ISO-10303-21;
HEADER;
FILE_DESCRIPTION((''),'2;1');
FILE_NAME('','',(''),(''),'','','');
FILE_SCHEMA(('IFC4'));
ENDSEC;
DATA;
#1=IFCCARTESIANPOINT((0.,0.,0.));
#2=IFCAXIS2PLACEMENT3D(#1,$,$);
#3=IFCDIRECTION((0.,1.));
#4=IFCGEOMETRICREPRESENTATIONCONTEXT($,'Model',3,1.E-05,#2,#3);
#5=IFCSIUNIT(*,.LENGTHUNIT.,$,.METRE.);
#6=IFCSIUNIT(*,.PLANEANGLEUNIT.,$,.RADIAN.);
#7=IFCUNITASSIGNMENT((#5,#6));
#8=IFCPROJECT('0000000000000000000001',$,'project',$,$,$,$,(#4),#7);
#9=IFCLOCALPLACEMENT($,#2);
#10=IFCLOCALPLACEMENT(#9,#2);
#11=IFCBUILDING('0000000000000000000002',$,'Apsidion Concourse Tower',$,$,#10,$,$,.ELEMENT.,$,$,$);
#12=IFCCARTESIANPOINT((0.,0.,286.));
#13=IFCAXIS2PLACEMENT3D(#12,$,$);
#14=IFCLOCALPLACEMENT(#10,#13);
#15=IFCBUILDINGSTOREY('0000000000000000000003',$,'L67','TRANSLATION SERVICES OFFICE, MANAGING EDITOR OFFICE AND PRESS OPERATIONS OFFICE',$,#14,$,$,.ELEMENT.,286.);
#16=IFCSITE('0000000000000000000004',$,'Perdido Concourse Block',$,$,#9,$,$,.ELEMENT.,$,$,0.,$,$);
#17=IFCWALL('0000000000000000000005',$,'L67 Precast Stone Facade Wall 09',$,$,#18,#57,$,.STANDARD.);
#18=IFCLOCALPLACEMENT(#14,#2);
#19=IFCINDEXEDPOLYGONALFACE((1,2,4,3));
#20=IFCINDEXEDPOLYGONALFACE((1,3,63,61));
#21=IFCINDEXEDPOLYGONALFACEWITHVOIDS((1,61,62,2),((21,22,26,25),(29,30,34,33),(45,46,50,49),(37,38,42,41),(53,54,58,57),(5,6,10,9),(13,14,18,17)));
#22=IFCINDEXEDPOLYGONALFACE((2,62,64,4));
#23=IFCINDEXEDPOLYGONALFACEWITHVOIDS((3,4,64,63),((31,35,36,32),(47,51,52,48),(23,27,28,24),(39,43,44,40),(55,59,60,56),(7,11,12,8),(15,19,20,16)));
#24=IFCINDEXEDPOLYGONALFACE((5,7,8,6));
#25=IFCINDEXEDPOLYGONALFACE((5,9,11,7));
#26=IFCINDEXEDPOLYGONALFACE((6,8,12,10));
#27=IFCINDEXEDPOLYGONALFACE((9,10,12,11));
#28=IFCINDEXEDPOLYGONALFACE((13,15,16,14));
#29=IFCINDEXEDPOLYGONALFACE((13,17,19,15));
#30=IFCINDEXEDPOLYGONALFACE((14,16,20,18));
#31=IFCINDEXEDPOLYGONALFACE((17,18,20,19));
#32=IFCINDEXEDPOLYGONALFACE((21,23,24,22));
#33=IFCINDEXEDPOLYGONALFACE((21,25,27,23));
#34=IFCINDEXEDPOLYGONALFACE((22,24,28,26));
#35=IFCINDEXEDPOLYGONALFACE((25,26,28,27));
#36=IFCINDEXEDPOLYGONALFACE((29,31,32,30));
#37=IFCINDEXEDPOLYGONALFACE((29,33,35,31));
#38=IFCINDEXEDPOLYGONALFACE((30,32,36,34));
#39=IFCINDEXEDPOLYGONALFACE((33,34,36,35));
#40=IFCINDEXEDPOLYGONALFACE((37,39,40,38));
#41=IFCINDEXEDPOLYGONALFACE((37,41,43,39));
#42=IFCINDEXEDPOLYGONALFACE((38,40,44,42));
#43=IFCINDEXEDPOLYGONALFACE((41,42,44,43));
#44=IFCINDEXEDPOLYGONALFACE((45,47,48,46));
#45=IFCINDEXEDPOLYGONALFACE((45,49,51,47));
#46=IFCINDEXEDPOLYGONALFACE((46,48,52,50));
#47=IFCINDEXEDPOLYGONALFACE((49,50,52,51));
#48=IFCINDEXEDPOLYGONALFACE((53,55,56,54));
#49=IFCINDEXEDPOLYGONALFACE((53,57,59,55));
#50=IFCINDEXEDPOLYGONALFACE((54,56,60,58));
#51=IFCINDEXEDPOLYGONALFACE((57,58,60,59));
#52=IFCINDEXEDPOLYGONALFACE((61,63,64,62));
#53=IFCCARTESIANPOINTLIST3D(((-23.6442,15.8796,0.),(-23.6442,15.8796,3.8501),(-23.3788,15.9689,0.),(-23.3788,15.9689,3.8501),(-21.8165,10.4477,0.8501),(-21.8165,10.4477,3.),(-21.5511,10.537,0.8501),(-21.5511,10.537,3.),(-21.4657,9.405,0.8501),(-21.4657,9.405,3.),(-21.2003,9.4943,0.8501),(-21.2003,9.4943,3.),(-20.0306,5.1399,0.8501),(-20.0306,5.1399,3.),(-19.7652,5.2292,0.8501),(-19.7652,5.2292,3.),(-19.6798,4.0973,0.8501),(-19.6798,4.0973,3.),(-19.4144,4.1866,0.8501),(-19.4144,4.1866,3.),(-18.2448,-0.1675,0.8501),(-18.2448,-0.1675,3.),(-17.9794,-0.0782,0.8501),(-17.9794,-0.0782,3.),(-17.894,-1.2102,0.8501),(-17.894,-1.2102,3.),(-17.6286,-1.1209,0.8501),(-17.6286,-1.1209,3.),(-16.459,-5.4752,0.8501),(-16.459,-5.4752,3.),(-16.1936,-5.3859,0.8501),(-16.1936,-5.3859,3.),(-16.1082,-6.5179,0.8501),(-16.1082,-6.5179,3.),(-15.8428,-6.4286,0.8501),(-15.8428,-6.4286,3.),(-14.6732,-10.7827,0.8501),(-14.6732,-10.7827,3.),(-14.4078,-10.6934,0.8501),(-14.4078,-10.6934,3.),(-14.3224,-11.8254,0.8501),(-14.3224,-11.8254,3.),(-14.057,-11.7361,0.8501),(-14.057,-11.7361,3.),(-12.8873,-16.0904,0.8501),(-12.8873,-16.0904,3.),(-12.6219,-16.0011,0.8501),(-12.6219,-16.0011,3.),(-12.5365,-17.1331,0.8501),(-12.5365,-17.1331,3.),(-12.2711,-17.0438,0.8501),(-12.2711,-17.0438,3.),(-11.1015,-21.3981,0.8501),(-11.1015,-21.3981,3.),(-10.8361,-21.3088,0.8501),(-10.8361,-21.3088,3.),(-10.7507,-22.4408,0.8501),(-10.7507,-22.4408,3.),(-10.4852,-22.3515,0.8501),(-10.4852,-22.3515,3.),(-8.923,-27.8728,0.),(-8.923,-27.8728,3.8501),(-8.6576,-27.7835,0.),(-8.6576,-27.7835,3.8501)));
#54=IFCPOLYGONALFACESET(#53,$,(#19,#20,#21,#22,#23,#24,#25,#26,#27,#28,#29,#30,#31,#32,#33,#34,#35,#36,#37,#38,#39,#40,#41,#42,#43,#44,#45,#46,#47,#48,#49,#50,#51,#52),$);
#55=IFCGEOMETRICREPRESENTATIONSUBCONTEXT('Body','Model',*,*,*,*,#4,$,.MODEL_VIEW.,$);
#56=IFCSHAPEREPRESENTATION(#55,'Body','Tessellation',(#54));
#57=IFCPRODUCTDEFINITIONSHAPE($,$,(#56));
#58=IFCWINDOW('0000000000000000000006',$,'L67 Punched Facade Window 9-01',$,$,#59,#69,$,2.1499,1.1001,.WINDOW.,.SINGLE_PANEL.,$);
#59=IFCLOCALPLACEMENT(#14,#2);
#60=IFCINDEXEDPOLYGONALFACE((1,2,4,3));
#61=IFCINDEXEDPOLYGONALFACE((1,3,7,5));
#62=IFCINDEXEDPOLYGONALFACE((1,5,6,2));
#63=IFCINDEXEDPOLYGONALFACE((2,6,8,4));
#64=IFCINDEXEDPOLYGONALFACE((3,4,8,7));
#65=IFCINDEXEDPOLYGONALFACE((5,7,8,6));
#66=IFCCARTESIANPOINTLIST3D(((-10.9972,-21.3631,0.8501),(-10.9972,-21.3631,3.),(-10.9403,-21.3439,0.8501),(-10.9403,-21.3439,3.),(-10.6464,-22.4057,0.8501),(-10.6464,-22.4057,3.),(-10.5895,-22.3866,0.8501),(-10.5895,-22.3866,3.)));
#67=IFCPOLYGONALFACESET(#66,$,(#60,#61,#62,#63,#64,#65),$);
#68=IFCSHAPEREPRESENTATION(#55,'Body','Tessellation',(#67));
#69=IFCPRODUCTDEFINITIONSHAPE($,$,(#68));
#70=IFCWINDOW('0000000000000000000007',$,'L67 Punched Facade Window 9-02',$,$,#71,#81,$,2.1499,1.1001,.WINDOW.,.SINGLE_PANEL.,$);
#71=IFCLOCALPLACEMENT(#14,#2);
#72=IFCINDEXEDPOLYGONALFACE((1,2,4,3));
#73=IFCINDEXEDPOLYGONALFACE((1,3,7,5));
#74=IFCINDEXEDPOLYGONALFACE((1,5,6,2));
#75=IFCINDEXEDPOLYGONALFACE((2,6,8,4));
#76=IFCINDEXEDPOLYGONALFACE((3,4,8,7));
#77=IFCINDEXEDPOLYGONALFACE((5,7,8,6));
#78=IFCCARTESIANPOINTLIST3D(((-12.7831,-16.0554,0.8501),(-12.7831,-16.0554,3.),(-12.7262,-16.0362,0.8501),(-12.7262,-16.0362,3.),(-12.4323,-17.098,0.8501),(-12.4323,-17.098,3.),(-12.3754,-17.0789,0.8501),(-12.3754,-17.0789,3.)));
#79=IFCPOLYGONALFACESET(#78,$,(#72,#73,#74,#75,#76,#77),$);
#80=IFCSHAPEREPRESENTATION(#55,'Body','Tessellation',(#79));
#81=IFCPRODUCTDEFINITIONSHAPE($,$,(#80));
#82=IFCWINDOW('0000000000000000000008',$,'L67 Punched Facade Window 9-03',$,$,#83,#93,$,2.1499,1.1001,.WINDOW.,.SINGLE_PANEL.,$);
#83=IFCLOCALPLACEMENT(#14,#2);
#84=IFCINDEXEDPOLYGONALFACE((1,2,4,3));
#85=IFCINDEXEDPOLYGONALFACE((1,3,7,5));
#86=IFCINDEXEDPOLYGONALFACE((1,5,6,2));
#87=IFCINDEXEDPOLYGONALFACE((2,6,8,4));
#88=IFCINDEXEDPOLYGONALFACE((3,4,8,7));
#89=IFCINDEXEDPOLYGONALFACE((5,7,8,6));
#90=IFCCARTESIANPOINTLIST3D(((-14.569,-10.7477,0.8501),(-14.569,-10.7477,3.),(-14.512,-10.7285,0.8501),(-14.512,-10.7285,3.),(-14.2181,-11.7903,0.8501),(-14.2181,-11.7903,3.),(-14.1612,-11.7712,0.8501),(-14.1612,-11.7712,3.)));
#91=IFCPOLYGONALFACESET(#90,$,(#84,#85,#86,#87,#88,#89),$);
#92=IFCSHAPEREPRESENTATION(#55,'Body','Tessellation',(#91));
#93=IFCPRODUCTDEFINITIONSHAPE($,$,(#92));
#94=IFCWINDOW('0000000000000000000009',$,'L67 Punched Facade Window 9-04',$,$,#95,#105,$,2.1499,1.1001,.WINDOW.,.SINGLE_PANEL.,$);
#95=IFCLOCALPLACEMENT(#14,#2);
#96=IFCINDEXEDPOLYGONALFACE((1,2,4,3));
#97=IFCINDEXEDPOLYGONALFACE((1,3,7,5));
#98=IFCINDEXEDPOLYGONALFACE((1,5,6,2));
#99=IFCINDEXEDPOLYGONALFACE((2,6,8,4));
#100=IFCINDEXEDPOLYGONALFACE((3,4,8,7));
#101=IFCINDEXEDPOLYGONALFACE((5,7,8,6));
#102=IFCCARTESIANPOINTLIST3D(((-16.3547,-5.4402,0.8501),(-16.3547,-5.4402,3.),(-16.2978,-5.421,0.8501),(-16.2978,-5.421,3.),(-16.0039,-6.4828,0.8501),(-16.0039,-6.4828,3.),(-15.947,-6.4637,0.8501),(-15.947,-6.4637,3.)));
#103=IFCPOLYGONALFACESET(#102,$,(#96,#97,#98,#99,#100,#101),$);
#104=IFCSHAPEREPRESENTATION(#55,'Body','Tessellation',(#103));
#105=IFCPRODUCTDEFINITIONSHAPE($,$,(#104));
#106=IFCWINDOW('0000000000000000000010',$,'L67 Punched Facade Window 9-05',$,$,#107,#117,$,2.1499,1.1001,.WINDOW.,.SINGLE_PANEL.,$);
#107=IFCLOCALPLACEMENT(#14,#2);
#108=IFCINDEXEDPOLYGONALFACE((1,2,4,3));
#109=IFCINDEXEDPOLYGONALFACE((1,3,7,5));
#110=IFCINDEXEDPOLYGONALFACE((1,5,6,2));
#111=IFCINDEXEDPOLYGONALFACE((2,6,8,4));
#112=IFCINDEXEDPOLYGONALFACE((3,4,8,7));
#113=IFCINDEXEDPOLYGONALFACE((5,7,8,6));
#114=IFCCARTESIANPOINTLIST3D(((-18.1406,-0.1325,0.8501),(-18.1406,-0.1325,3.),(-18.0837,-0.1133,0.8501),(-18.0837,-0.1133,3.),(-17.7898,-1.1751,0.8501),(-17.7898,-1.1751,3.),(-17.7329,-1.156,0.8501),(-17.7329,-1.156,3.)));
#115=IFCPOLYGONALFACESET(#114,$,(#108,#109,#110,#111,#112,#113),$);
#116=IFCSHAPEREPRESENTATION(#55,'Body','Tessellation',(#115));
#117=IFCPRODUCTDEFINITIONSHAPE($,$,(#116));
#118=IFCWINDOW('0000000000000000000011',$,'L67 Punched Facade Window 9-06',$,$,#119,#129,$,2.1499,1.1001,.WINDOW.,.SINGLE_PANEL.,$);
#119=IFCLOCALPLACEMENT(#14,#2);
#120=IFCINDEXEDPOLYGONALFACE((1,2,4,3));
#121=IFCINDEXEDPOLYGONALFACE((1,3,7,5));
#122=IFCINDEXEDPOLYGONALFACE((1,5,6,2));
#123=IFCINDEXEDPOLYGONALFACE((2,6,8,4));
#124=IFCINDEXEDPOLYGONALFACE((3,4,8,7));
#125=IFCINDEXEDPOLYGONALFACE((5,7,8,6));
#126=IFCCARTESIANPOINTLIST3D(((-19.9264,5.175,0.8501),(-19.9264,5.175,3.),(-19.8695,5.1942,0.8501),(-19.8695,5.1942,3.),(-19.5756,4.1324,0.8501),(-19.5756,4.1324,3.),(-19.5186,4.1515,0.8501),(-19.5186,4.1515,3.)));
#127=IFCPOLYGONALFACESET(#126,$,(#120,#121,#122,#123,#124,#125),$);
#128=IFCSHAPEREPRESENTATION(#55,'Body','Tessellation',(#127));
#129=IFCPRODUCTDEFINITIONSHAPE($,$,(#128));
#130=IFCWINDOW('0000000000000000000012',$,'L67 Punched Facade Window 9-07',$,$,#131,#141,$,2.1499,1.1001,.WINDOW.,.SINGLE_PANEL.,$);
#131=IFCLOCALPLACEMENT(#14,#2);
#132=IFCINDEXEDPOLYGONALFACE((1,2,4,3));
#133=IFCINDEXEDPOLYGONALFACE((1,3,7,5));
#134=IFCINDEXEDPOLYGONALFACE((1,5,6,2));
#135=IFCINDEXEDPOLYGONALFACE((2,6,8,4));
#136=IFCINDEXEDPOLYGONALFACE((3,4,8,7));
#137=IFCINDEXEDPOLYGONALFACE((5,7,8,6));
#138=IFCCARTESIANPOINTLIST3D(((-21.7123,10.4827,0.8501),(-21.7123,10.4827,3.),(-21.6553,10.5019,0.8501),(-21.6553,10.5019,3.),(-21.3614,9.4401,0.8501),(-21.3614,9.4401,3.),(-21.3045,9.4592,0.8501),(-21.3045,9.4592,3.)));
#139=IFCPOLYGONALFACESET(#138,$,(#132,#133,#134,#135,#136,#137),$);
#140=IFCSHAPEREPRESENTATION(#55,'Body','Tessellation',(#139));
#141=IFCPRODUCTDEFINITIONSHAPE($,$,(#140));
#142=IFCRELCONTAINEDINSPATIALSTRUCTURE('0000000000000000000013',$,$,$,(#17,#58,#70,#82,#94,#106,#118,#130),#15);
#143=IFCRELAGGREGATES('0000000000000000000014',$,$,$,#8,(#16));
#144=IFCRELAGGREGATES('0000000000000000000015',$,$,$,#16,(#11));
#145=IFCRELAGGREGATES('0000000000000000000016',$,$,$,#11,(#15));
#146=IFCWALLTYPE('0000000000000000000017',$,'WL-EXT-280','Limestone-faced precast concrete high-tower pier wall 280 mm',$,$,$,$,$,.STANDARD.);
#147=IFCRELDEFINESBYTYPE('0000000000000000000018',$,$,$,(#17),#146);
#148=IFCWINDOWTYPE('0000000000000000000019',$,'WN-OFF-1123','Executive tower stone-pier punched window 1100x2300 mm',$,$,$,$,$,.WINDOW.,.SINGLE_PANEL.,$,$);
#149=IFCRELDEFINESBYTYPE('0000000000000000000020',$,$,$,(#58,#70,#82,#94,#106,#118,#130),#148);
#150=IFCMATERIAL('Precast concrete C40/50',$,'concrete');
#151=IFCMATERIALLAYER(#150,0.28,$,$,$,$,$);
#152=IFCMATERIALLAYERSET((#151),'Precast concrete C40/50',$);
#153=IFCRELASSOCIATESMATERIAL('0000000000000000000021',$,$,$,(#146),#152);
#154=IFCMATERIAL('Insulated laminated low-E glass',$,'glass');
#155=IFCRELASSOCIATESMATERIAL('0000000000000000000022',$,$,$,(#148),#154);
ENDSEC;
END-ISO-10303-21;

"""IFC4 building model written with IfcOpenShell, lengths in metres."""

from ifc_helpers import new_model, si_unit, direction, frame, frame_2d, origin, place, context, subcontext, project, spatial, rectangle, extrude, material, layer, layer_set, type_object, element, fill, save


model = new_model("IFC4")

# Units and contexts
model_context = context("Model", 3, precision=1e-05, world=origin(), true_north=direction((0.0, 1.0)))
body_context = subcontext(model_context, "Body", "Model", "MODEL_VIEW")
ifc_project = project(units=[si_unit("LENGTHUNIT", "METRE"), si_unit("PLANEANGLEUNIT", "RADIAN")], contexts=[model_context])

# Site, building, storey
site_placement = place(None, origin())
site = spatial("IfcSite", under=ifc_project, at=site_placement, Name="Perdido Concourse Block", CompositionType="ELEMENT", RefElevation=0.0)
building_placement = place(site_placement, origin())
building = spatial("IfcBuilding", under=site, at=building_placement, Name="Apsidion Concourse Tower", CompositionType="ELEMENT")
storey_placement = place(building_placement, frame((0.0, 0.0, 286.0)))
storey = spatial("IfcBuildingStorey", under=building, at=storey_placement, Name="L67", Description="TRANSLATION SERVICES OFFICE, MANAGING EDITOR OFFICE AND PRESS OPERATIONS OFFICE", CompositionType="ELEMENT", Elevation=286.0)

# Shared definitions
ifc_material_1 = material(Name="Precast concrete C40/50", Category="concrete")
ifc_layer_1 = layer(ifc_material_1, 0.28)
ifc_layer_set_1 = layer_set([ifc_layer_1], Name="Precast concrete C40/50")
wall_type_1 = type_object("IfcWallType", Name="WL-EXT-280", Description="Limestone-faced precast concrete high-tower pier wall 280 mm", PredefinedType="STANDARD", material=ifc_layer_set_1)

# Wall, openings, windows
wall_1_placement = place(storey_placement, frame((-8.7903, -27.8281, 0.0), z_axis=(0.0, 0.0, 1.0), x_axis=(-0.318898, 0.947789, 0.0)))
wall_1 = element("IfcWall", 1, at=wall_1_placement, inside=storey, type_object=wall_type_1, Name="L67 Precast Stone Facade Wall 09", PredefinedType="STANDARD", context=body_context, shape_type="SweptSolid", body=[
    extrude(rectangle(XDim=46.1626, YDim=0.28, at=frame_2d((23.0813, 0.0))), origin(), (0.0, 0.0, 1.0), 3.8501),
])
opening_1_placement = place(wall_1_placement, frame((5.7312, 0.0, 0.8501)))
opening_1 = element("IfcOpeningElement", 2, at=opening_1_placement, cuts=wall_1, PredefinedType="OPENING", context=body_context, shape_type="SweptSolid", body=[
    extrude(rectangle(XDim=1.1001, YDim=2.1499, at=frame_2d((0.55, 1.075))), frame((0.0, 0.1499, 0.0), z_axis=(0.0, -1.0, 0.0), x_axis=(1.0, 0.0, 0.0)), (0.0, 0.0, 1.0), 0.3),
])
opening_2_placement = place(wall_1_placement, frame((11.3313, 0.0, 0.8501)))
opening_2 = element("IfcOpeningElement", 3, at=opening_2_placement, cuts=wall_1, PredefinedType="OPENING", context=body_context, shape_type="SweptSolid", body=[
    extrude(rectangle(XDim=1.1001, YDim=2.1499, at=frame_2d((0.55, 1.075))), frame((0.0, 0.1499, 0.0), z_axis=(0.0, -1.0, 0.0), x_axis=(1.0, 0.0, 0.0)), (0.0, 0.0, 1.0), 0.3),
])
opening_3_placement = place(wall_1_placement, frame((16.9314, 0.0, 0.8501)))
opening_3 = element("IfcOpeningElement", 4, at=opening_3_placement, cuts=wall_1, PredefinedType="OPENING", context=body_context, shape_type="SweptSolid", body=[
    extrude(rectangle(XDim=1.1001, YDim=2.1499, at=frame_2d((0.55, 1.075))), frame((0.0, 0.1499, 0.0), z_axis=(0.0, -1.0, 0.0), x_axis=(1.0, 0.0, 0.0)), (0.0, 0.0, 1.0), 0.3),
])
opening_4_placement = place(wall_1_placement, frame((22.5312, 0.0, 0.8501)))
opening_4 = element("IfcOpeningElement", 5, at=opening_4_placement, cuts=wall_1, PredefinedType="OPENING", context=body_context, shape_type="SweptSolid", body=[
    extrude(rectangle(XDim=1.1001, YDim=2.1499, at=frame_2d((0.55, 1.075))), frame((0.0, 0.1499, 0.0), z_axis=(0.0, -1.0, 0.0), x_axis=(1.0, 0.0, 0.0)), (0.0, 0.0, 1.0), 0.3),
])
opening_5_placement = place(wall_1_placement, frame((28.1313, 0.0, 0.8501)))
opening_5 = element("IfcOpeningElement", 6, at=opening_5_placement, cuts=wall_1, PredefinedType="OPENING", context=body_context, shape_type="SweptSolid", body=[
    extrude(rectangle(XDim=1.1001, YDim=2.1499, at=frame_2d((0.55, 1.075))), frame((0.0, 0.1499, 0.0), z_axis=(0.0, -1.0, 0.0), x_axis=(1.0, 0.0, 0.0)), (0.0, 0.0, 1.0), 0.3),
])
opening_6_placement = place(wall_1_placement, frame((33.7312, 0.0, 0.8501)))
opening_6 = element("IfcOpeningElement", 7, at=opening_6_placement, cuts=wall_1, PredefinedType="OPENING", context=body_context, shape_type="SweptSolid", body=[
    extrude(rectangle(XDim=1.1001, YDim=2.1499, at=frame_2d((0.55, 1.075))), frame((0.0, 0.1499, 0.0), z_axis=(0.0, -1.0, 0.0), x_axis=(1.0, 0.0, 0.0)), (0.0, 0.0, 1.0), 0.3),
])
opening_7_placement = place(wall_1_placement, frame((39.3313, 0.0, 0.8501)))
opening_7 = element("IfcOpeningElement", 8, at=opening_7_placement, cuts=wall_1, PredefinedType="OPENING", context=body_context, shape_type="SweptSolid", body=[
    extrude(rectangle(XDim=1.1001, YDim=2.1499, at=frame_2d((0.55, 1.075))), frame((0.0, 0.1499, 0.0), z_axis=(0.0, -1.0, 0.0), x_axis=(1.0, 0.0, 0.0)), (0.0, 0.0, 1.0), 0.3),
])
ifc_material_2 = material(Name="Insulated laminated low-E glass", Category="glass")
window_type = type_object("IfcWindowType", Name="WN-OFF-1123", Description="Executive tower stone-pier punched window 1100x2300 mm", PartitioningType="SINGLE_PANEL", PredefinedType="WINDOW", material=ifc_material_2)
window_1_placement = place(opening_1_placement, origin())
window_1 = element("IfcWindow", 9, at=window_1_placement, inside=storey, type_object=window_type, Name="L67 Punched Facade Window 9-01", OverallHeight=2.1499, OverallWidth=1.1001, PartitioningType="SINGLE_PANEL", PredefinedType="WINDOW", context=body_context, shape_type="SweptSolid", body=[
    extrude(rectangle(XDim=1.1001, YDim=2.1499, at=frame_2d((0.55, 1.075))), frame((0.0, 0.03, 0.0), z_axis=(0.0, -1.0, 0.0), x_axis=(1.0, 0.0, 0.0)), (0.0, 0.0, 1.0), 0.0601),
])
fill(opening_1, window_1)
window_2_placement = place(opening_2_placement, origin())
window_2 = element("IfcWindow", 10, at=window_2_placement, inside=storey, type_object=window_type, Name="L67 Punched Facade Window 9-02", OverallHeight=2.1499, OverallWidth=1.1001, PartitioningType="SINGLE_PANEL", PredefinedType="WINDOW", context=body_context, shape_type="SweptSolid", body=[
    extrude(rectangle(XDim=1.1001, YDim=2.1499, at=frame_2d((0.55, 1.075))), frame((0.0, 0.03, 0.0), z_axis=(0.0, -1.0, 0.0), x_axis=(1.0, 0.0, 0.0)), (0.0, 0.0, 1.0), 0.0601),
])
fill(opening_2, window_2)
window_3_placement = place(opening_3_placement, origin())
window_3 = element("IfcWindow", 11, at=window_3_placement, inside=storey, type_object=window_type, Name="L67 Punched Facade Window 9-03", OverallHeight=2.1499, OverallWidth=1.1001, PartitioningType="SINGLE_PANEL", PredefinedType="WINDOW", context=body_context, shape_type="SweptSolid", body=[
    extrude(rectangle(XDim=1.1001, YDim=2.1499, at=frame_2d((0.55, 1.075))), frame((0.0, 0.03, 0.0), z_axis=(0.0, -1.0, 0.0), x_axis=(1.0, 0.0, 0.0)), (0.0, 0.0, 1.0), 0.0601),
])
fill(opening_3, window_3)
window_4_placement = place(opening_4_placement, origin())
window_4 = element("IfcWindow", 12, at=window_4_placement, inside=storey, type_object=window_type, Name="L67 Punched Facade Window 9-04", OverallHeight=2.1499, OverallWidth=1.1001, PartitioningType="SINGLE_PANEL", PredefinedType="WINDOW", context=body_context, shape_type="SweptSolid", body=[
    extrude(rectangle(XDim=1.1001, YDim=2.1499, at=frame_2d((0.55, 1.075))), frame((0.0, 0.03, 0.0), z_axis=(0.0, -1.0, 0.0), x_axis=(1.0, 0.0, 0.0)), (0.0, 0.0, 1.0), 0.0601),
])
fill(opening_4, window_4)
window_5_placement = place(opening_5_placement, origin())
window_5 = element("IfcWindow", 13, at=window_5_placement, inside=storey, type_object=window_type, Name="L67 Punched Facade Window 9-05", OverallHeight=2.1499, OverallWidth=1.1001, PartitioningType="SINGLE_PANEL", PredefinedType="WINDOW", context=body_context, shape_type="SweptSolid", body=[
    extrude(rectangle(XDim=1.1001, YDim=2.1499, at=frame_2d((0.55, 1.075))), frame((0.0, 0.03, 0.0), z_axis=(0.0, -1.0, 0.0), x_axis=(1.0, 0.0, 0.0)), (0.0, 0.0, 1.0), 0.0601),
])
fill(opening_5, window_5)
window_6_placement = place(opening_6_placement, origin())
window_6 = element("IfcWindow", 14, at=window_6_placement, inside=storey, type_object=window_type, Name="L67 Punched Facade Window 9-06", OverallHeight=2.1499, OverallWidth=1.1001, PartitioningType="SINGLE_PANEL", PredefinedType="WINDOW", context=body_context, shape_type="SweptSolid", body=[
    extrude(rectangle(XDim=1.1001, YDim=2.1499, at=frame_2d((0.55, 1.075))), frame((0.0, 0.03, 0.0), z_axis=(0.0, -1.0, 0.0), x_axis=(1.0, 0.0, 0.0)), (0.0, 0.0, 1.0), 0.0601),
])
fill(opening_6, window_6)
window_7_placement = place(opening_7_placement, origin())
window_7 = element("IfcWindow", 15, at=window_7_placement, inside=storey, type_object=window_type, Name="L67 Punched Facade Window 9-07", OverallHeight=2.1499, OverallWidth=1.1001, PartitioningType="SINGLE_PANEL", PredefinedType="WINDOW", context=body_context, shape_type="SweptSolid", body=[
    extrude(rectangle(XDim=1.1001, YDim=2.1499, at=frame_2d((0.55, 1.075))), frame((0.0, 0.03, 0.0), z_axis=(0.0, -1.0, 0.0), x_axis=(1.0, 0.0, 0.0)), (0.0, 0.0, 1.0), 0.0601),
])
fill(opening_7, window_7)

save(model, "model.ifc")
